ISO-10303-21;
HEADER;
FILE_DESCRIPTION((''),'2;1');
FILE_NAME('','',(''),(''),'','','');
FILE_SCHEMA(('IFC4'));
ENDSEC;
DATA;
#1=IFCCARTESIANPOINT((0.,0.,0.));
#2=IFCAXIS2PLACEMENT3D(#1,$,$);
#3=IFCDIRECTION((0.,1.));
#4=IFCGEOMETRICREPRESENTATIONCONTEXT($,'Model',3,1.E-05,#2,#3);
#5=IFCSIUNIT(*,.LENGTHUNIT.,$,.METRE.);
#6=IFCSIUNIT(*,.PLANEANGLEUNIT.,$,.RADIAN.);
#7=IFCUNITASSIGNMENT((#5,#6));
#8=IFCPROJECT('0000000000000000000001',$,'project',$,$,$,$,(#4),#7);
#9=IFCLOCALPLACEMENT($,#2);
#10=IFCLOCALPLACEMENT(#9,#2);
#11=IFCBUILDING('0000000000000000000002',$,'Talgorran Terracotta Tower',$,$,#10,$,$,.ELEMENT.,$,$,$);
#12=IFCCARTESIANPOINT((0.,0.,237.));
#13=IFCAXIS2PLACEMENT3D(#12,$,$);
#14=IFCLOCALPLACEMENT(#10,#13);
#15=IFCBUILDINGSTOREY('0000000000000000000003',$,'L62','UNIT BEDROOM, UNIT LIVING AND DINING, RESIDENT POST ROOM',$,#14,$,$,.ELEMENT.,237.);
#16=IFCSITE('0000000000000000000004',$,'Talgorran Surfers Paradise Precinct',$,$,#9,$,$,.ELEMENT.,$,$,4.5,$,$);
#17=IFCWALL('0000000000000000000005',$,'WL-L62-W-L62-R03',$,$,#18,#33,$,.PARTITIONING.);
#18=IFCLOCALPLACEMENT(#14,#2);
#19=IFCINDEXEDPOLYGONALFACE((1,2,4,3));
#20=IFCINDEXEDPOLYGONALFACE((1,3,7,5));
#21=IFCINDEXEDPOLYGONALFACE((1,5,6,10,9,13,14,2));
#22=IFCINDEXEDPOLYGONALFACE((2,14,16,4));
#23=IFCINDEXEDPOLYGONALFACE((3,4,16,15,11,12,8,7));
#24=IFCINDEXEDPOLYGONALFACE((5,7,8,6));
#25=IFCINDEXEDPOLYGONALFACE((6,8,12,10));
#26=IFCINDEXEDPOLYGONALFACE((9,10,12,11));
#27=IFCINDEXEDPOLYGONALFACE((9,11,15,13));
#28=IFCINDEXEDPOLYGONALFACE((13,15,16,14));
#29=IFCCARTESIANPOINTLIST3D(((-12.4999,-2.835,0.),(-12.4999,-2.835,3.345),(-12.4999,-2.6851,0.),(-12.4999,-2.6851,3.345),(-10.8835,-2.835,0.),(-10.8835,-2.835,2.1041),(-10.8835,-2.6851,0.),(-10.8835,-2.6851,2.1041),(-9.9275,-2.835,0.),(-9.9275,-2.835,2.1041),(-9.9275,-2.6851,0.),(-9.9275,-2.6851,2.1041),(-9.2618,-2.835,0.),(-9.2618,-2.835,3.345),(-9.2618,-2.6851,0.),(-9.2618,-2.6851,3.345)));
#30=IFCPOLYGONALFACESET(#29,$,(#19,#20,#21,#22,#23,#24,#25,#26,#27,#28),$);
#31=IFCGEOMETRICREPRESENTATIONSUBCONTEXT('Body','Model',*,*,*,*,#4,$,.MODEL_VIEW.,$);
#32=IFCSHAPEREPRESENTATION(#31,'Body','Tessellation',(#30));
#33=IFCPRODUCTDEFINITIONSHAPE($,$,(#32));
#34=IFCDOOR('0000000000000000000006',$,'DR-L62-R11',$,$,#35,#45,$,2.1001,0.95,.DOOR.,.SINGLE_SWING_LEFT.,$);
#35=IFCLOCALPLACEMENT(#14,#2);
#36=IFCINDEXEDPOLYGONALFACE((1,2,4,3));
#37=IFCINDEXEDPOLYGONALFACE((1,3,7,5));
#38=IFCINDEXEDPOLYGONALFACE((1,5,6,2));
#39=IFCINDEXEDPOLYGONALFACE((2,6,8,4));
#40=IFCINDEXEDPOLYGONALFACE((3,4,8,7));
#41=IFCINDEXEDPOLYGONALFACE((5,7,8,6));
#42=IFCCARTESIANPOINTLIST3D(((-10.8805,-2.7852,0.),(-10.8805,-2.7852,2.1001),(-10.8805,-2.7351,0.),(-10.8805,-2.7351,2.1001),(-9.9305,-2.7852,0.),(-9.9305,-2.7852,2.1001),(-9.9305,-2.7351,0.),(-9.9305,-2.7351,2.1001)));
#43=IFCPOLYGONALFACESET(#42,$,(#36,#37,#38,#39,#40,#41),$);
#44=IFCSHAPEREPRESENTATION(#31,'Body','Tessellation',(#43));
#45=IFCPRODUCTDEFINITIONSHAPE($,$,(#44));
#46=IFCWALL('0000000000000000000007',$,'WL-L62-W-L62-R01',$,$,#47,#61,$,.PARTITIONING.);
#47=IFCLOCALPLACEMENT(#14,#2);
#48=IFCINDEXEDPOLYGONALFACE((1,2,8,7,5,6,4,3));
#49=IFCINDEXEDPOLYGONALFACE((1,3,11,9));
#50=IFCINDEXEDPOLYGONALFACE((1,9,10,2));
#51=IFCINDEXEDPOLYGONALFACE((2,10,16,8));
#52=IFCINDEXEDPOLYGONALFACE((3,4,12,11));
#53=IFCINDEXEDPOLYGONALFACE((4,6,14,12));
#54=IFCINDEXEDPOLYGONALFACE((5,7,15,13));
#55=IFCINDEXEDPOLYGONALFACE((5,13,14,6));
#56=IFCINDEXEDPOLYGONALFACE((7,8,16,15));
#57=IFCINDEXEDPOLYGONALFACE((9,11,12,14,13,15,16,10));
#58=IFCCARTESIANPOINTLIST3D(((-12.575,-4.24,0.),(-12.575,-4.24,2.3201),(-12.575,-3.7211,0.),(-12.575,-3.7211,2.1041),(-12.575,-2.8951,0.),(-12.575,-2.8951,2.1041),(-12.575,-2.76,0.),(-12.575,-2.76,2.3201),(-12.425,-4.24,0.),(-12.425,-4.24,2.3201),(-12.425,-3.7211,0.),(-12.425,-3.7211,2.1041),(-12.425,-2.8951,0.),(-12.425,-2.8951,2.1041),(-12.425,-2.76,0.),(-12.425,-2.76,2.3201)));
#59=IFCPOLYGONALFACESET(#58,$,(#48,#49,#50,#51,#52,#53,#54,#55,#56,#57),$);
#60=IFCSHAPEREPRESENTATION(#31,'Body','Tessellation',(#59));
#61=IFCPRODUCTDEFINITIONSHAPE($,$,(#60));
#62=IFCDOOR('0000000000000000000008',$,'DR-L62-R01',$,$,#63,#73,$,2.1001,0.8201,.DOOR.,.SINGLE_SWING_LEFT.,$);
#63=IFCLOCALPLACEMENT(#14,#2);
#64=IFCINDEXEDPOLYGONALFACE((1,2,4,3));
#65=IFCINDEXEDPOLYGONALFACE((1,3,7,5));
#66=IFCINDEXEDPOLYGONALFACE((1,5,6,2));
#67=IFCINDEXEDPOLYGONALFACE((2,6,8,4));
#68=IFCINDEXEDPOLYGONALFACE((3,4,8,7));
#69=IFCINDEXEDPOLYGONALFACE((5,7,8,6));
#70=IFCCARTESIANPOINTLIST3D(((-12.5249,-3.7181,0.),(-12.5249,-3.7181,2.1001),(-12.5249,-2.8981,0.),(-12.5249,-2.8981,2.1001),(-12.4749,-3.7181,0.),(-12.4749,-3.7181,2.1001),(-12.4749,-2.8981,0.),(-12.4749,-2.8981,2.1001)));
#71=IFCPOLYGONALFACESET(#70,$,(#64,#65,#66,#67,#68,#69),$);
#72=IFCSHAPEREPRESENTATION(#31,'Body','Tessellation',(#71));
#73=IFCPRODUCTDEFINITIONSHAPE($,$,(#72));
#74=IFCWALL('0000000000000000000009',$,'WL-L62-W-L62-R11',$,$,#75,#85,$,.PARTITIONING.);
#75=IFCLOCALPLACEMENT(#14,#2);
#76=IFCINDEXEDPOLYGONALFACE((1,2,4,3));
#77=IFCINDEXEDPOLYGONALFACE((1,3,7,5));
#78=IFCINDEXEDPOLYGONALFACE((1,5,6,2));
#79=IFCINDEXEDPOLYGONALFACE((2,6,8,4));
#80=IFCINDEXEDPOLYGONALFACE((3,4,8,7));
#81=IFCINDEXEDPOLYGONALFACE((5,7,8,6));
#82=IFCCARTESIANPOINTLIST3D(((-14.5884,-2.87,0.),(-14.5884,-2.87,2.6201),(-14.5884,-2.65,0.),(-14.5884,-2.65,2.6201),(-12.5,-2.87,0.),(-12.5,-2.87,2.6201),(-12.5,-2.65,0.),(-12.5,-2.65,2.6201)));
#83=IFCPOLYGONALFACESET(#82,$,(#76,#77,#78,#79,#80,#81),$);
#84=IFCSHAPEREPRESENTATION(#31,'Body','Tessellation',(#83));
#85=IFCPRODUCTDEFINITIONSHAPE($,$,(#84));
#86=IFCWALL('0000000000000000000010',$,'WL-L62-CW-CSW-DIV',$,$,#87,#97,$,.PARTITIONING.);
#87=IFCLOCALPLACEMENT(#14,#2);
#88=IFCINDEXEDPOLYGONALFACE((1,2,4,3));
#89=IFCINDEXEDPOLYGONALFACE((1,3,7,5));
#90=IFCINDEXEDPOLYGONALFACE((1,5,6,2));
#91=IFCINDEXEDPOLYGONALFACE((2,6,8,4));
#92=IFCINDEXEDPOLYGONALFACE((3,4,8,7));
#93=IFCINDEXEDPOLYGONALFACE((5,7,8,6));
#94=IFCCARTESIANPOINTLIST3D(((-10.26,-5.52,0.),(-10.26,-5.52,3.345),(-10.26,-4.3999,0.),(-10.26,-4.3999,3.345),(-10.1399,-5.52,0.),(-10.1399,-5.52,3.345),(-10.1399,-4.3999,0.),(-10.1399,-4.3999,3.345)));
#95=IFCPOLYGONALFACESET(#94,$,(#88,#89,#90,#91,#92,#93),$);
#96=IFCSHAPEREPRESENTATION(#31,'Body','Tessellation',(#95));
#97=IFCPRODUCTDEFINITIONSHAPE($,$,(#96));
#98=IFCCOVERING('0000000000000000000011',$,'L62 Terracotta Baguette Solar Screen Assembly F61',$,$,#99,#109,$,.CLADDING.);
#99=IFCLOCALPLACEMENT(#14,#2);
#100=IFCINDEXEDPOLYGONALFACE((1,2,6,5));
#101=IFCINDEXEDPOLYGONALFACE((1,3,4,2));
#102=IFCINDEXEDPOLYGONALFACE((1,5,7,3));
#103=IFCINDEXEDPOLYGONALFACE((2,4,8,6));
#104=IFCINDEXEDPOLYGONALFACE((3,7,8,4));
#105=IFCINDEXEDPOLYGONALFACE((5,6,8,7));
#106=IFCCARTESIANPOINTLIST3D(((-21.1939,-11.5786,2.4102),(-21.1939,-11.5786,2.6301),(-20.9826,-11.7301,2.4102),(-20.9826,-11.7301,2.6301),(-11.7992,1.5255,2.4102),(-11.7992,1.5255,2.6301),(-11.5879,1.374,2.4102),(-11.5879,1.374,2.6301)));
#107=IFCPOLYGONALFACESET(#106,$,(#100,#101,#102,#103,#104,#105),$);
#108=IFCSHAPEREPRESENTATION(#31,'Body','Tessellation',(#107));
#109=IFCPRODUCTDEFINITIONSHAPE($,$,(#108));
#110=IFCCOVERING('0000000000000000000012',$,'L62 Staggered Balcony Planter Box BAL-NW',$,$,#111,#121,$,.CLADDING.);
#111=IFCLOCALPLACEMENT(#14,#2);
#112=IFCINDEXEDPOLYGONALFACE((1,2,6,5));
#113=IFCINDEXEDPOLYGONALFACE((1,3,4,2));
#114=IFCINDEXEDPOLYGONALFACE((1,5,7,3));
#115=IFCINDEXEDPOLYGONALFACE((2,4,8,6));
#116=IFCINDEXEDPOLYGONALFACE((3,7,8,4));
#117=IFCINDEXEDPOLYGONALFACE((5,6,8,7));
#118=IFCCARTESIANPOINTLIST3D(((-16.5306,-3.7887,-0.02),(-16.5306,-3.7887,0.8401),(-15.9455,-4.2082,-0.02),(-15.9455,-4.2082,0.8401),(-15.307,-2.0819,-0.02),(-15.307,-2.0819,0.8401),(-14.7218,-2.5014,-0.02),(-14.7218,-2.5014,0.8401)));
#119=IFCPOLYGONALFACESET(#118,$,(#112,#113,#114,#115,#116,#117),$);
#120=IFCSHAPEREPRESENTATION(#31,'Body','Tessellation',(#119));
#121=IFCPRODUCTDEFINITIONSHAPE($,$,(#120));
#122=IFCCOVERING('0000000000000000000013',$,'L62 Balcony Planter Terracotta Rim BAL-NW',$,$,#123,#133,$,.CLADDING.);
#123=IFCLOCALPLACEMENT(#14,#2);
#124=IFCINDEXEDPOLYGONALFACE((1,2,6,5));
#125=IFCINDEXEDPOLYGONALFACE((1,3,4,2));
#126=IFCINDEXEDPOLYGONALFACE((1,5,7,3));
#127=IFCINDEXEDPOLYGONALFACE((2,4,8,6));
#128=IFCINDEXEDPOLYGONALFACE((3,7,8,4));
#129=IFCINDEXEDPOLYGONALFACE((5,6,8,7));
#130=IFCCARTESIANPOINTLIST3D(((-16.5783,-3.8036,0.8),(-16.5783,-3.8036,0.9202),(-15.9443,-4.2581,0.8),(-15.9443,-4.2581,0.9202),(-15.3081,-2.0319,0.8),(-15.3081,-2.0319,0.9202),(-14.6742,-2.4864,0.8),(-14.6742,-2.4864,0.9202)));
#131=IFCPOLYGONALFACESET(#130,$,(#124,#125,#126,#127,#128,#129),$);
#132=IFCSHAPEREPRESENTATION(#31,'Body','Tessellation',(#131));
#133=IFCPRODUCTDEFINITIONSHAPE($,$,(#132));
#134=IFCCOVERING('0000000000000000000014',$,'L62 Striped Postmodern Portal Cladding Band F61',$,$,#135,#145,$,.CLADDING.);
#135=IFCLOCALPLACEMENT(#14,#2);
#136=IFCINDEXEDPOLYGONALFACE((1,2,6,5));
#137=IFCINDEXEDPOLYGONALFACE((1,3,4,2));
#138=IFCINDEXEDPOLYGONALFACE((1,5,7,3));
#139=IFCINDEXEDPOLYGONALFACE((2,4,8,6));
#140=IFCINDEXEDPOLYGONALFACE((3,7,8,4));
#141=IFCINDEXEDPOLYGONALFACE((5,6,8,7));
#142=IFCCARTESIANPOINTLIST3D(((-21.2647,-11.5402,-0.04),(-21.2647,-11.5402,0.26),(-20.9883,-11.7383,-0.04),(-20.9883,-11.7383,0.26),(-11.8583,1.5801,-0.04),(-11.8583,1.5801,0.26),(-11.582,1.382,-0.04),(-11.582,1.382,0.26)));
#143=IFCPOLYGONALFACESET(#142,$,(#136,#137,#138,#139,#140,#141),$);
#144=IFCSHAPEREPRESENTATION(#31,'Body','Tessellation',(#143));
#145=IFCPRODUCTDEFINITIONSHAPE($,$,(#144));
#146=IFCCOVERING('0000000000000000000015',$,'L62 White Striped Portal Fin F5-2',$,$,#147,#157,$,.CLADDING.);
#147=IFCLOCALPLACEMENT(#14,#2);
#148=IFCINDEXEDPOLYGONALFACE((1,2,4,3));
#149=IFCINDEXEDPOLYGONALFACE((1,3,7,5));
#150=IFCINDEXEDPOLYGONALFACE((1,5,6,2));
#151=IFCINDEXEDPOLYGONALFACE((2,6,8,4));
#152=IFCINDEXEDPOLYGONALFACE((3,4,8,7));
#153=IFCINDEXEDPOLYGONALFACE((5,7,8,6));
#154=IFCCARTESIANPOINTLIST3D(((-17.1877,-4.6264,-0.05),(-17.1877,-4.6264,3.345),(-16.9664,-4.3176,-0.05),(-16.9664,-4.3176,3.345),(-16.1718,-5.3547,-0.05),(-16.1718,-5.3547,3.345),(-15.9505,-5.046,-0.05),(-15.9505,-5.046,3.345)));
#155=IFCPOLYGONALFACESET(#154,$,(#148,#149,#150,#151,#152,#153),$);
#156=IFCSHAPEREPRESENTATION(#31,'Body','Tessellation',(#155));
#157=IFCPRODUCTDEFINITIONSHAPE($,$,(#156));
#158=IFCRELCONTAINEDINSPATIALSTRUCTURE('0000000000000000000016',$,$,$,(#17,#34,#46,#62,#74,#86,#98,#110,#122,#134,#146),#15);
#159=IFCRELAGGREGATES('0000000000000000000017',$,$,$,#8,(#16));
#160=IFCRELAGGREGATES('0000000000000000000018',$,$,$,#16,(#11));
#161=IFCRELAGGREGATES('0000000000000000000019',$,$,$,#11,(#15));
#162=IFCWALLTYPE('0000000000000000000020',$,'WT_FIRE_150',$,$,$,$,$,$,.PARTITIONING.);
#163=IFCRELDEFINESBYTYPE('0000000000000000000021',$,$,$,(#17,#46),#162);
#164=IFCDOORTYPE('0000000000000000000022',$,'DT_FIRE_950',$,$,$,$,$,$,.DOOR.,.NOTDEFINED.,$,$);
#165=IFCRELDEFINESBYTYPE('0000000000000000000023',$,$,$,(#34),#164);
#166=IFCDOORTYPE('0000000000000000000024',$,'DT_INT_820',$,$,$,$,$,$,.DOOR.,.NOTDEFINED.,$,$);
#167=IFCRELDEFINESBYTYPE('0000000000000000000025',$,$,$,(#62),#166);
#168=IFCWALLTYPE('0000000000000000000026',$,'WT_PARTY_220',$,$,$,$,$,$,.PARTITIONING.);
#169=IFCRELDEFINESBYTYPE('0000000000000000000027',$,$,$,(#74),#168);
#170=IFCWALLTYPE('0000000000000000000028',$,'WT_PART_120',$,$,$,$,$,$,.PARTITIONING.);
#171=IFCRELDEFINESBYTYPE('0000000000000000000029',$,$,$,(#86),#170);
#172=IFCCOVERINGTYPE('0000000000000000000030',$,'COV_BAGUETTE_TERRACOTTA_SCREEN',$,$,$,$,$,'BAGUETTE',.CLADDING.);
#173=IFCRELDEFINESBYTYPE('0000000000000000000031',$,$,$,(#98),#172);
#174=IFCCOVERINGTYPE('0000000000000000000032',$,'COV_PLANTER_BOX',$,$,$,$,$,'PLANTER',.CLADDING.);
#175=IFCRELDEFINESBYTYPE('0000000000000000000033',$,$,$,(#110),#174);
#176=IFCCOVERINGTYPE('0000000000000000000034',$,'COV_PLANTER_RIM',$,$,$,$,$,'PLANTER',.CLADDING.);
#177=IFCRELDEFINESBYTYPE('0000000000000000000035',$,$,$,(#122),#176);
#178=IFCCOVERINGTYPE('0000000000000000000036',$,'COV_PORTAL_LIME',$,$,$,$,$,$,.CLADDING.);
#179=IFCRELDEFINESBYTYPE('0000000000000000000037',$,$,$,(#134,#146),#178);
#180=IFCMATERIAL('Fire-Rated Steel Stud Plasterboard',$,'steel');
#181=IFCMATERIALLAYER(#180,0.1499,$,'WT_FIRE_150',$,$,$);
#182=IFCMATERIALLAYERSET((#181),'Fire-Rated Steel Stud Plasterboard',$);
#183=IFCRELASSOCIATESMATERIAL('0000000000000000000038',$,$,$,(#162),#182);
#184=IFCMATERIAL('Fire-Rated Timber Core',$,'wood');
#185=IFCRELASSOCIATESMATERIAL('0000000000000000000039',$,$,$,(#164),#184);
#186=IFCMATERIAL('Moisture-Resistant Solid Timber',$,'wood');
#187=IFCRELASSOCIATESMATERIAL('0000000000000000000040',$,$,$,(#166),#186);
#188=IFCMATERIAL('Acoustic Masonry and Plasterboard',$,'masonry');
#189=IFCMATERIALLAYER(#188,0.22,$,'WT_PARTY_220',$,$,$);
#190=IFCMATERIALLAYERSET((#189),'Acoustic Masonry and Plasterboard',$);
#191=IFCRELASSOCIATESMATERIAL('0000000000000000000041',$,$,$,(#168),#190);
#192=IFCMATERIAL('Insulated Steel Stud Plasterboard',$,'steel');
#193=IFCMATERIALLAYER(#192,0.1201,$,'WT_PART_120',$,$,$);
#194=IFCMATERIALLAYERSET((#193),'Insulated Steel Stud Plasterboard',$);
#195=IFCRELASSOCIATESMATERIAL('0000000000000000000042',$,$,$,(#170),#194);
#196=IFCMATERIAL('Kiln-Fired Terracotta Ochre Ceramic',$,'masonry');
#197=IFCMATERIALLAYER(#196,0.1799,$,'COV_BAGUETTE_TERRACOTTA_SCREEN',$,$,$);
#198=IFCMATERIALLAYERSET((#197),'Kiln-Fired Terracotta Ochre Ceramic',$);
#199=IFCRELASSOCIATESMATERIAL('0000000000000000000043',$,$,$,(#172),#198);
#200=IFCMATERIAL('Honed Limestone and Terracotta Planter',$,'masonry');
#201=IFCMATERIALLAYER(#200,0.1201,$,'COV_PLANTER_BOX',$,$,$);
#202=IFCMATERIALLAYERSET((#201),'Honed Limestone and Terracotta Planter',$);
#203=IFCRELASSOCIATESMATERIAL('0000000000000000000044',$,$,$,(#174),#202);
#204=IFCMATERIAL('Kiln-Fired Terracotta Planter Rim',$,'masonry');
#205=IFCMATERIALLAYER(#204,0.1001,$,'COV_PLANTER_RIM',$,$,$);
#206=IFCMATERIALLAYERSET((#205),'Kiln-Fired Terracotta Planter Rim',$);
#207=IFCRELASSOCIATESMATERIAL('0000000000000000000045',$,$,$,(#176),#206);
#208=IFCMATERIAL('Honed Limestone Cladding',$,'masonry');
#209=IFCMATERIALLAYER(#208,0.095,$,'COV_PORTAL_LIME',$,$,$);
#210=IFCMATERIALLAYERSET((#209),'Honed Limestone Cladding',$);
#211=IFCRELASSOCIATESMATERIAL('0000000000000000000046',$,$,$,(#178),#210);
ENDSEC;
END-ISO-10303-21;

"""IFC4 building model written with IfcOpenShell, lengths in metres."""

from ifc_helpers import new_model, si_unit, direction, frame, frame_2d, origin, origin_2d, place, context, subcontext, project, spatial, rectangle, extrude, material, layer, layer_set, type_object, element, fill, save


model = new_model("IFC4")

# Units and contexts
model_context = context("Model", 3, precision=1e-05, world=origin(), true_north=direction((0.0, 1.0)))
body_context = subcontext(model_context, "Body", "Model", "MODEL_VIEW")
ifc_project = project(units=[si_unit("LENGTHUNIT", "METRE"), si_unit("PLANEANGLEUNIT", "RADIAN")], contexts=[model_context])

# Site, building, storey
site_placement = place(None, origin())
site = spatial("IfcSite", under=ifc_project, at=site_placement, Name="Talgorran Surfers Paradise Precinct", CompositionType="ELEMENT", RefElevation=4.5)
building_placement = place(site_placement, origin())
building = spatial("IfcBuilding", under=site, at=building_placement, Name="Talgorran Terracotta Tower", CompositionType="ELEMENT")
storey_placement = place(building_placement, frame((0.0, 0.0, 237.0)))
storey = spatial("IfcBuildingStorey", under=building, at=storey_placement, Name="L62", Description="UNIT BEDROOM, UNIT LIVING AND DINING, RESIDENT POST ROOM", CompositionType="ELEMENT", Elevation=237.0)

# Walls, openings, doors
ifc_material_1 = material(Name="Fire-Rated Steel Stud Plasterboard", Category="steel")
ifc_layer_1 = layer(ifc_material_1, 0.1499, Name="WT_FIRE_150")
ifc_layer_set_1 = layer_set([ifc_layer_1], Name="Fire-Rated Steel Stud Plasterboard")
wall_type_1 = type_object("IfcWallType", Name="WT_FIRE_150", PredefinedType="PARTITIONING", material=ifc_layer_set_1)
wall_1_placement = place(storey_placement, frame((-12.5, -2.76, 0.0), z_axis=(0.0, 0.0, 1.0), x_axis=(1.0, 0.0, 0.0)))
wall_1 = element("IfcWall", 1, at=wall_1_placement, inside=storey, type_object=wall_type_1, Name="WL-L62-W-L62-R03", PredefinedType="PARTITIONING", context=body_context, shape_type="SweptSolid", body=[
    extrude(rectangle(XDim=3.238, YDim=0.1499, at=frame_2d((1.6191, 0.0))), origin(), (0.0, 0.0, 1.0), 3.345),
])
opening_1_placement = place(wall_1_placement, frame((1.6194, 0.0, 0.0)))
opening_1 = element("IfcOpeningElement", 2, at=opening_1_placement, cuts=wall_1, PredefinedType="OPENING", context=body_context, shape_type="SweptSolid", body=[
    extrude(rectangle(XDim=0.956, YDim=2.1041, at=frame_2d((0.4751, 1.052))), frame((0.0, 0.085, 0.0), z_axis=(0.0, -1.0, 0.0), x_axis=(1.0, 0.0, 0.0)), (0.0, 0.0, 1.0), 0.1699),
])
ifc_material_2 = material(Name="Fire-Rated Timber Core", Category="wood")
door_type_1 = type_object("IfcDoorType", Name="DT_FIRE_950", OperationType="NOTDEFINED", PredefinedType="DOOR", material=ifc_material_2)
door_1_placement = place(opening_1_placement, origin())
door_1 = element("IfcDoor", 3, at=door_1_placement, inside=storey, type_object=door_type_1, Name="DR-L62-R11", OperationType="SINGLE_SWING_LEFT", OverallHeight=2.1001, OverallWidth=0.95, PredefinedType="DOOR", context=body_context, shape_type="SweptSolid", body=[
    extrude(rectangle(XDim=0.95, YDim=2.1001, at=frame_2d((0.4751, 1.05))), frame((0.0, 0.0249, 0.0), z_axis=(0.0, -1.0, 0.0), x_axis=(1.0, 0.0, 0.0)), (0.0, 0.0, 1.0), 0.05),
])
fill(opening_1, door_1)
wall_2_placement = place(storey_placement, frame((-12.5, -4.24, 0.0), z_axis=(0.0, 0.0, 1.0), x_axis=(0.0, 1.0, 0.0)))
wall_2 = element("IfcWall", 4, at=wall_2_placement, inside=storey, type_object=wall_type_1, Name="WL-L62-W-L62-R01", PredefinedType="PARTITIONING", context=body_context, shape_type="SweptSolid", body=[
    extrude(rectangle(XDim=1.48, YDim=0.1499, at=frame_2d((0.74, 0.0))), origin(), (0.0, 0.0, 1.0), 2.3201),
])
opening_2_placement = place(wall_2_placement, frame((0.5217, 0.0, 0.0)))
opening_2 = element("IfcOpeningElement", 5, at=opening_2_placement, cuts=wall_2, PredefinedType="OPENING", context=body_context, shape_type="SweptSolid", body=[
    extrude(rectangle(XDim=0.8261, YDim=2.1041, at=frame_2d((0.4102, 1.052))), frame((0.0, 0.085, 0.0), z_axis=(0.0, -1.0, 0.0), x_axis=(1.0, 0.0, 0.0)), (0.0, 0.0, 1.0), 0.1699),
])
ifc_material_3 = material(Name="Moisture-Resistant Solid Timber", Category="wood")
door_type_2 = type_object("IfcDoorType", Name="DT_INT_820", OperationType="NOTDEFINED", PredefinedType="DOOR", material=ifc_material_3)
door_2_placement = place(opening_2_placement, origin())
door_2 = element("IfcDoor", 6, at=door_2_placement, inside=storey, type_object=door_type_2, Name="DR-L62-R01", OperationType="SINGLE_SWING_LEFT", OverallHeight=2.1001, OverallWidth=0.8201, PredefinedType="DOOR", context=body_context, shape_type="SweptSolid", body=[
    extrude(rectangle(XDim=0.8201, YDim=2.1001, at=frame_2d((0.4102, 1.05))), frame((0.0, 0.0249, 0.0), z_axis=(0.0, -1.0, 0.0), x_axis=(1.0, 0.0, 0.0)), (0.0, 0.0, 1.0), 0.05),
])
fill(opening_2, door_2)

# Walls
ifc_material_4 = material(Name="Acoustic Masonry and Plasterboard", Category="masonry")
ifc_layer_2 = layer(ifc_material_4, 0.22, Name="WT_PARTY_220")
ifc_layer_set_2 = layer_set([ifc_layer_2], Name="Acoustic Masonry and Plasterboard")
wall_type_2 = type_object("IfcWallType", Name="WT_PARTY_220", PredefinedType="PARTITIONING", material=ifc_layer_set_2)
wall_3_placement = place(storey_placement, frame((-14.5884, -2.76, 0.0), z_axis=(0.0, 0.0, 1.0), x_axis=(1.0, 0.0, 0.0)))
element("IfcWall", 7, at=wall_3_placement, inside=storey, type_object=wall_type_2, Name="WL-L62-W-L62-R11", PredefinedType="PARTITIONING", context=body_context, shape_type="SweptSolid", body=[
    extrude(rectangle(XDim=2.0884, YDim=0.22, at=frame_2d((1.0442, 0.0))), origin(), (0.0, 0.0, 1.0), 2.6201),
])
ifc_material_5 = material(Name="Insulated Steel Stud Plasterboard", Category="steel")
ifc_layer_3 = layer(ifc_material_5, 0.1201, Name="WT_PART_120")
ifc_layer_set_3 = layer_set([ifc_layer_3], Name="Insulated Steel Stud Plasterboard")
wall_type_3 = type_object("IfcWallType", Name="WT_PART_120", PredefinedType="PARTITIONING", material=ifc_layer_set_3)
wall_4_placement = place(storey_placement, frame((-10.2, -5.52, 0.0), z_axis=(0.0, 0.0, 1.0), x_axis=(0.0, 1.0, 0.0)))
element("IfcWall", 8, at=wall_4_placement, inside=storey, type_object=wall_type_3, Name="WL-L62-CW-CSW-DIV", PredefinedType="PARTITIONING", context=body_context, shape_type="SweptSolid", body=[
    extrude(rectangle(XDim=1.1201, YDim=0.1201, at=frame_2d((0.5601, 0.0))), origin(), (0.0, 0.0, 1.0), 3.345),
])

# Coverings
ifc_material_6 = material(Name="Kiln-Fired Terracotta Ochre Ceramic", Category="masonry")
ifc_layer_4 = layer(ifc_material_6, 0.1799, Name="COV_BAGUETTE_TERRACOTTA_SCREEN")
ifc_layer_set_4 = layer_set([ifc_layer_4], Name="Kiln-Fired Terracotta Ochre Ceramic")
covering_type_1 = type_object("IfcCoveringType", Name="COV_BAGUETTE_TERRACOTTA_SCREEN", ElementType="BAGUETTE", PredefinedType="CLADDING", material=ifc_layer_set_4)
covering_1_placement = place(storey_placement, frame((-16.3909, -5.1023, 2.4102), z_axis=(0.0, 0.0, 1.0), x_axis=(-0.582662, -0.812715, 0.0)))
element("IfcCovering", 9, at=covering_1_placement, inside=storey, type_object=covering_type_1, Name="L62 Terracotta Baguette Solar Screen Assembly F61", PredefinedType="CLADDING", context=body_context, shape_type="SweptSolid", body=[
    extrude(rectangle(XDim=16.1238, YDim=0.26, at=origin_2d()), origin(), (0.0, 0.0, 1.0), 0.22),
])
ifc_material_7 = material(Name="Honed Limestone and Terracotta Planter", Category="masonry")
ifc_layer_5 = layer(ifc_material_7, 0.1201, Name="COV_PLANTER_BOX")
ifc_layer_set_5 = layer_set([ifc_layer_5], Name="Honed Limestone and Terracotta Planter")
covering_type_2 = type_object("IfcCoveringType", Name="COV_PLANTER_BOX", ElementType="PLANTER", PredefinedType="CLADDING", material=ifc_layer_set_5)
covering_2_placement = place(storey_placement, frame((-15.6262, -3.145, -0.02), z_axis=(0.0, 0.0, 1.0), x_axis=(-0.582662, -0.812715, 0.0)))
element("IfcCovering", 10, at=covering_2_placement, inside=storey, type_object=covering_type_2, Name="L62 Staggered Balcony Planter Box BAL-NW", PredefinedType="CLADDING", context=body_context, shape_type="SweptSolid", body=[
    extrude(rectangle(XDim=2.1001, YDim=0.72, at=origin_2d()), origin(), (0.0, 0.0, 1.0), 0.8601),
])
ifc_material_8 = material(Name="Kiln-Fired Terracotta Planter Rim", Category="masonry")
ifc_layer_6 = layer(ifc_material_8, 0.1001, Name="COV_PLANTER_RIM")
ifc_layer_set_6 = layer_set([ifc_layer_6], Name="Kiln-Fired Terracotta Planter Rim")
covering_type_3 = type_object("IfcCoveringType", Name="COV_PLANTER_RIM", ElementType="PLANTER", PredefinedType="CLADDING", material=ifc_layer_set_6)
covering_3_placement = place(storey_placement, frame((-15.6262, -3.145, 0.8), z_axis=(0.0, 0.0, 1.0), x_axis=(-0.582662, -0.812715, 0.0)))
element("IfcCovering", 11, at=covering_3_placement, inside=storey, type_object=covering_type_3, Name="L62 Balcony Planter Terracotta Rim BAL-NW", PredefinedType="CLADDING", context=body_context, shape_type="SweptSolid", body=[
    extrude(rectangle(XDim=2.1799, YDim=0.78, at=origin_2d()), origin(), (0.0, 0.0, 1.0), 0.1201),
])
ifc_material_9 = material(Name="Honed Limestone Cladding", Category="masonry")
ifc_layer_7 = layer(ifc_material_9, 0.095, Name="COV_PORTAL_LIME")
ifc_layer_set_7 = layer_set([ifc_layer_7], Name="Honed Limestone Cladding")
covering_type_4 = type_object("IfcCoveringType", Name="COV_PORTAL_LIME", PredefinedType="CLADDING", material=ifc_layer_set_7)
covering_4_placement = place(storey_placement, frame((-16.4233, -5.0791, -0.04), z_axis=(0.0, 0.0, 1.0), x_axis=(-0.582662, -0.812715, 0.0)))
element("IfcCovering", 12, at=covering_4_placement, inside=storey, type_object=covering_type_4, Name="L62 Striped Postmodern Portal Cladding Band F61", PredefinedType="CLADDING", context=body_context, shape_type="SweptSolid", body=[
    extrude(rectangle(XDim=16.1438, YDim=0.3401, at=origin_2d()), origin(), (0.0, 0.0, 1.0), 0.3),
])
covering_5_placement = place(storey_placement, frame((-16.5691, -4.8362, -0.05), z_axis=(0.0, 0.0, 1.0), x_axis=(-0.582662, -0.812715, 0.0)))
element("IfcCovering", 13, at=covering_5_placement, inside=storey, type_object=covering_type_4, Name="L62 White Striped Portal Fin F5-2", PredefinedType="CLADDING", context=body_context, shape_type="SweptSolid", body=[
    extrude(rectangle(XDim=0.3799, YDim=1.25, at=origin_2d()), origin(), (0.0, 0.0, 1.0), 3.395),
])

save(model, "model.ifc")
